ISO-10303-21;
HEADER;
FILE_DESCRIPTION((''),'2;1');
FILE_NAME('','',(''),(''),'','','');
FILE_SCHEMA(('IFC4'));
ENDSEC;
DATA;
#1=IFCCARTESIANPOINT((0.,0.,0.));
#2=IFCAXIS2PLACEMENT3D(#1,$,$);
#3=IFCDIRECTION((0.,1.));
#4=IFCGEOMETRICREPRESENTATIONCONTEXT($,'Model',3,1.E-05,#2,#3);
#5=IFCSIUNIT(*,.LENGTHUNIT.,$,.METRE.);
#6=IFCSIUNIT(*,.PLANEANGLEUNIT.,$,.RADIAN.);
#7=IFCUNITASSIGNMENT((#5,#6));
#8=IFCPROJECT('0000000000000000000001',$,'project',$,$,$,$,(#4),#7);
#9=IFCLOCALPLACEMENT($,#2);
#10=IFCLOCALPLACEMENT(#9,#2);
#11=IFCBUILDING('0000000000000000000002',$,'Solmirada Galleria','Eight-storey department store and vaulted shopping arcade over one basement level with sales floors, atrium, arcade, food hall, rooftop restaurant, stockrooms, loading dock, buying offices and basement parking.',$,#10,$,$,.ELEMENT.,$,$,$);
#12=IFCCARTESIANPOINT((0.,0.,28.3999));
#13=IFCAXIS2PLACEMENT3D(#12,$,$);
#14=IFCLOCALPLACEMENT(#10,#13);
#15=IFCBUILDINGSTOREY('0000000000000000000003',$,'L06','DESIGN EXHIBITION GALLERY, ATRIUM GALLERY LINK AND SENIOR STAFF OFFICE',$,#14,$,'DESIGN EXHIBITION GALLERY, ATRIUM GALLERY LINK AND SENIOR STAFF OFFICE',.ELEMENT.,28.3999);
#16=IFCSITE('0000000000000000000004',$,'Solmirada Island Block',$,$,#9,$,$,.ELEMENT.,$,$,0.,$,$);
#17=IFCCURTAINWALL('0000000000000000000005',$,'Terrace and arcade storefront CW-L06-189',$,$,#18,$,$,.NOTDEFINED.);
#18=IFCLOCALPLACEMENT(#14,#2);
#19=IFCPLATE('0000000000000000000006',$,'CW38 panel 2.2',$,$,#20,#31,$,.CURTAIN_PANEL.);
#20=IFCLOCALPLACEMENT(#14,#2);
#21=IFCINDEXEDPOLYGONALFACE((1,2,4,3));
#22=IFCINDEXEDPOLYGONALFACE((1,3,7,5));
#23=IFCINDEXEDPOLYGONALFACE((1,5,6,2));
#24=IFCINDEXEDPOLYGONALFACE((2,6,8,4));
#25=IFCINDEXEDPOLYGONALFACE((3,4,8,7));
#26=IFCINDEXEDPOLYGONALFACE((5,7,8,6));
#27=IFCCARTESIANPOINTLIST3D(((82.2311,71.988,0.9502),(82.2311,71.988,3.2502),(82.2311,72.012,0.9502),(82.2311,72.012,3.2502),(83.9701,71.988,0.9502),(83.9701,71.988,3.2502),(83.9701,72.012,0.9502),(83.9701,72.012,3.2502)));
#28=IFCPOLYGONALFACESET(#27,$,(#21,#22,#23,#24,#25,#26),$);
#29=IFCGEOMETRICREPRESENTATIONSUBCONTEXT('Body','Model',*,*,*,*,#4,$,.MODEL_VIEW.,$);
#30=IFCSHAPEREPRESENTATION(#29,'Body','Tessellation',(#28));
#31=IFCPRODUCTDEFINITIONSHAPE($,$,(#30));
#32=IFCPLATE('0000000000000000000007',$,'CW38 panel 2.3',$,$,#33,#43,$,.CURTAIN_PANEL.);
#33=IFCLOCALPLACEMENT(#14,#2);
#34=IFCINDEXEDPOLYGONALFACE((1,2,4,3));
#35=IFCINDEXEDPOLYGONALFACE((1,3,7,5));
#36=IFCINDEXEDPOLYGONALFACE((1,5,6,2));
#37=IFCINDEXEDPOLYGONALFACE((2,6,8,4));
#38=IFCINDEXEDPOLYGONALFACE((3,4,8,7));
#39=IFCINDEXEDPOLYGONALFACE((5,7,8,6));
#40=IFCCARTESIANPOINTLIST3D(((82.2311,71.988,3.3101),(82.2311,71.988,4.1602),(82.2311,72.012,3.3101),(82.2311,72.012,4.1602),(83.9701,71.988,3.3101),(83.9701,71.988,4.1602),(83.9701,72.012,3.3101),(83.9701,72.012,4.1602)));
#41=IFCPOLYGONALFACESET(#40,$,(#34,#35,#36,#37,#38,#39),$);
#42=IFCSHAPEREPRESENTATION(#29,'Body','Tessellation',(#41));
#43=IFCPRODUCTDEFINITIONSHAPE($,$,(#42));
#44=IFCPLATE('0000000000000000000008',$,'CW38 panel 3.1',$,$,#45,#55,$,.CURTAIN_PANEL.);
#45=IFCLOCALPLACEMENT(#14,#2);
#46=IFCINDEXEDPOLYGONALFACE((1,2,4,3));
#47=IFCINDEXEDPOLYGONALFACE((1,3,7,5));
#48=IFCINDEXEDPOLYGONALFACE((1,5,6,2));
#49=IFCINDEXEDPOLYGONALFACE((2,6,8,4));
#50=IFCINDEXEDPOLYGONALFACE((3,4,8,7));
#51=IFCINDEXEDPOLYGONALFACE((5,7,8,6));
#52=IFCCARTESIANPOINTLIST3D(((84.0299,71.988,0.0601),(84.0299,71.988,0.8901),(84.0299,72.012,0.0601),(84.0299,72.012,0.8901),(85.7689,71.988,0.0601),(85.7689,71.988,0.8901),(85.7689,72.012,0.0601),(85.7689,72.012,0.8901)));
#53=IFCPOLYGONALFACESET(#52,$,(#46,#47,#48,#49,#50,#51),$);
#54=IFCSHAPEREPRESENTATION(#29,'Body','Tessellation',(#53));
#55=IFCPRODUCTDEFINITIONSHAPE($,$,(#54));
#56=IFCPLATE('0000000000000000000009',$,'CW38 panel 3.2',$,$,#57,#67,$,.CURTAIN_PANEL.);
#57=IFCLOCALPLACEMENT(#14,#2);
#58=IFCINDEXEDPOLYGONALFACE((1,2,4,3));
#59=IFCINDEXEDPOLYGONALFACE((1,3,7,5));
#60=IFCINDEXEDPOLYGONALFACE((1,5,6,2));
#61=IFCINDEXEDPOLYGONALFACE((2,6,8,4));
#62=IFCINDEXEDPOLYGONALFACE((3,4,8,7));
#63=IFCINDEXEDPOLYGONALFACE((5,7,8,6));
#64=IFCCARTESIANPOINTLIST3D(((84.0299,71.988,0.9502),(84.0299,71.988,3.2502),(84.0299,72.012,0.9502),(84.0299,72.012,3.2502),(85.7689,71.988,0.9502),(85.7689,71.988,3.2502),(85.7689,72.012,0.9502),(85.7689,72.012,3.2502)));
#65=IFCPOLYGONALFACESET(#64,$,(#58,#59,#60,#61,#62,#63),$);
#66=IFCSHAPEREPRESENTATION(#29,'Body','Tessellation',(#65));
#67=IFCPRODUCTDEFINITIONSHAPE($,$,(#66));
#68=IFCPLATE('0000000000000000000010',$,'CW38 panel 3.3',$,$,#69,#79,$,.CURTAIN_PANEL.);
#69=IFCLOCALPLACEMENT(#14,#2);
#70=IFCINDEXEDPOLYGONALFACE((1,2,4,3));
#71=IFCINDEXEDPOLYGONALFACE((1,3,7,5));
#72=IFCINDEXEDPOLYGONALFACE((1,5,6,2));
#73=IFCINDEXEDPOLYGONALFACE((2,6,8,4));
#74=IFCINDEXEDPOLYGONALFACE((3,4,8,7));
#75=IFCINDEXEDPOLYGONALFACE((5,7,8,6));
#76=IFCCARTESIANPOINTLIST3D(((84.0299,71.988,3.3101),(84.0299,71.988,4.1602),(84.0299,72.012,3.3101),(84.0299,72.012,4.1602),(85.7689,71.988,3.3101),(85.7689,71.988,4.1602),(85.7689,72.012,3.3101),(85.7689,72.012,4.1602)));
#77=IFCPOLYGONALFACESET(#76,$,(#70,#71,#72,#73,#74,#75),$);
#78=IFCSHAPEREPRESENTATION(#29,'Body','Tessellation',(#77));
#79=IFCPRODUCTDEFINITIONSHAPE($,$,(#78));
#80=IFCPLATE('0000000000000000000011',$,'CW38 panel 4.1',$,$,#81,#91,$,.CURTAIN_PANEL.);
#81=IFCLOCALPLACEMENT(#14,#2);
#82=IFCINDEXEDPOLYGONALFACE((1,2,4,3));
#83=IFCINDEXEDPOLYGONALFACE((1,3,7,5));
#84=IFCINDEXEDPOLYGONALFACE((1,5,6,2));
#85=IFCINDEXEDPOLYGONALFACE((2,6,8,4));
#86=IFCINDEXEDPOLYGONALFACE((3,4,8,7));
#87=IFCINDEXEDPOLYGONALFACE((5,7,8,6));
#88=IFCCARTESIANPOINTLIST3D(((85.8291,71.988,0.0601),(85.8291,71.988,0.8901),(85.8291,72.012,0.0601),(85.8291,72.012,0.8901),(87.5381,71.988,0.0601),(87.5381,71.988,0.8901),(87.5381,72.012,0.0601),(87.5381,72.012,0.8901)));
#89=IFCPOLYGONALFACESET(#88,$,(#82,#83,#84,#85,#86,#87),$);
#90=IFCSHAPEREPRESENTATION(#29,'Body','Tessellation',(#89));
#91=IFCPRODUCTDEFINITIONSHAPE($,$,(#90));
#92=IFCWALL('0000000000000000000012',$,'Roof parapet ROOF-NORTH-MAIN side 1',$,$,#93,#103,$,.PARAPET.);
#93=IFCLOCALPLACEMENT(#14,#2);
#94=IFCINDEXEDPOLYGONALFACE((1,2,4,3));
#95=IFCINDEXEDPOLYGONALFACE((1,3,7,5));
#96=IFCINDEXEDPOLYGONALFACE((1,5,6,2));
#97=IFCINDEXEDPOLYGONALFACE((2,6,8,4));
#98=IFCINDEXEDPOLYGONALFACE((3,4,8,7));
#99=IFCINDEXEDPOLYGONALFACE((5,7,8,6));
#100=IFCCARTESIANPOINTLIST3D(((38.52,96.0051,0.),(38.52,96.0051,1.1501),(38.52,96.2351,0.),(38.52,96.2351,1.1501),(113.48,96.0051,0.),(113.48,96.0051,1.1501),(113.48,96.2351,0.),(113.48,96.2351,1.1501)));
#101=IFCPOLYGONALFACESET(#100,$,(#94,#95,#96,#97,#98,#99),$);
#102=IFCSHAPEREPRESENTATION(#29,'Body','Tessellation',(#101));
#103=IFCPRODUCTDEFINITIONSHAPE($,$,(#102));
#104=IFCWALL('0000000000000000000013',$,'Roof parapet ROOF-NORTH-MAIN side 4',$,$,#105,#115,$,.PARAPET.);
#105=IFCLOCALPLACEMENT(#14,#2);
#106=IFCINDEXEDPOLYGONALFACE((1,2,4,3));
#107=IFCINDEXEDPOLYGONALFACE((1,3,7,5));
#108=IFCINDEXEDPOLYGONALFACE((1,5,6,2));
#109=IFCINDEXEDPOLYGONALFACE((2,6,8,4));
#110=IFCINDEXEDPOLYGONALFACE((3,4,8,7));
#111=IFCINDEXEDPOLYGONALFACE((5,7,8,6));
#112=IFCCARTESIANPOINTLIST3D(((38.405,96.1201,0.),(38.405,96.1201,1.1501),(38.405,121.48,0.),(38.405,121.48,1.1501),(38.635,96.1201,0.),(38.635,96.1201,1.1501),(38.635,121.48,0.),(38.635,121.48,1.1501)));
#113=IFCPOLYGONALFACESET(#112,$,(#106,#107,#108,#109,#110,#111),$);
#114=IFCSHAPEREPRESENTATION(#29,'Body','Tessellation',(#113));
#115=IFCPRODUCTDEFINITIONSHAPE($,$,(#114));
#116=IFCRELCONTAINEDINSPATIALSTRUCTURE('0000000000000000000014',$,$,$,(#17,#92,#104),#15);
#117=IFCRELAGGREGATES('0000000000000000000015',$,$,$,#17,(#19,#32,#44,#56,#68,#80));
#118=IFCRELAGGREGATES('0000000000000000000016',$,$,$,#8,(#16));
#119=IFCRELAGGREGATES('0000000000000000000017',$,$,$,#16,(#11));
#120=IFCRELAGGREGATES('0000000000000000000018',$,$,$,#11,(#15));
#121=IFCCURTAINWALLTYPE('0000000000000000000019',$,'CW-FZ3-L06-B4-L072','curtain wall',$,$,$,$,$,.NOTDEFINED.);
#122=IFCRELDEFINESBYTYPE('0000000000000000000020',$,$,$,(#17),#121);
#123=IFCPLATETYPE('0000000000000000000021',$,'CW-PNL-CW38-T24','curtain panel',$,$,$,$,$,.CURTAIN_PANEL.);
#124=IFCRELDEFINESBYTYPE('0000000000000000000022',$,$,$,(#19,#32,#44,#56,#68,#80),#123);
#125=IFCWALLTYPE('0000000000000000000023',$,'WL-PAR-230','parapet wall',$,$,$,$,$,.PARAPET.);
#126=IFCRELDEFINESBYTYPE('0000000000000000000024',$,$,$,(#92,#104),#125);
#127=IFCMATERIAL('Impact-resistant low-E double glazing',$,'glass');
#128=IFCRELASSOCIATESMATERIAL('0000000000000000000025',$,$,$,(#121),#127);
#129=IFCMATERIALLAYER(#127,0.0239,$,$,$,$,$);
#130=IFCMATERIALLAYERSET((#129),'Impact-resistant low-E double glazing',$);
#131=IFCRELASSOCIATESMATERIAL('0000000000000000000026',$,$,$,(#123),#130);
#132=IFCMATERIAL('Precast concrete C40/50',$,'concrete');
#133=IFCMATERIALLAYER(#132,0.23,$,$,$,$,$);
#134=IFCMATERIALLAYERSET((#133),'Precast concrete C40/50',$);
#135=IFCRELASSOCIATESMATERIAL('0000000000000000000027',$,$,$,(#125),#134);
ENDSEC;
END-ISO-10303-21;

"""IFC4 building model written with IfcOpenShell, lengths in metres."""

from ifc_helpers import new_model, si_unit, direction, frame, frame_2d, origin, origin_2d, place, context, subcontext, project, spatial, rectangle, extrude, material, layer, layer_set, type_object, element, aggregate, save


model = new_model("IFC4")

# Units and contexts
model_context = context("Model", 3, precision=1e-05, world=origin(), true_north=direction((0.0, 1.0)))
body_context = subcontext(model_context, "Body", "Model", "MODEL_VIEW")
ifc_project = project(units=[si_unit("LENGTHUNIT", "METRE"), si_unit("PLANEANGLEUNIT", "RADIAN")], contexts=[model_context])

# Site, building, storey
site_placement = place(None, origin())
site = spatial("IfcSite", under=ifc_project, at=site_placement, Name="Solmirada Island Block", CompositionType="ELEMENT", RefElevation=0.0)
building_placement = place(site_placement, origin())
building = spatial("IfcBuilding", under=site, at=building_placement, Name="Solmirada Galleria", Description="Eight-storey department store and vaulted shopping arcade over one basement level with sales floors, atrium, arcade, food hall, rooftop restaurant, stockrooms, loading dock, buying offices and basement parking.", CompositionType="ELEMENT")
storey_placement = place(building_placement, frame((0.0, 0.0, 28.3999)))
storey = spatial("IfcBuildingStorey", under=building, at=storey_placement, Name="L06", Description="DESIGN EXHIBITION GALLERY, ATRIUM GALLERY LINK AND SENIOR STAFF OFFICE", LongName="DESIGN EXHIBITION GALLERY, ATRIUM GALLERY LINK AND SENIOR STAFF OFFICE", CompositionType="ELEMENT", Elevation=28.3999)

# Curtain wall, plates
ifc_material_1 = material(Name="Impact-resistant low-E double glazing", Category="glass")
curtain_wall_type = type_object("IfcCurtainWallType", Name="CW-FZ3-L06-B4-L072", Description="curtain wall", PredefinedType="NOTDEFINED", material=ifc_material_1)
curtain_wall_placement = place(storey_placement, origin())
curtain_wall = element("IfcCurtainWall", 1, at=curtain_wall_placement, inside=storey, type_object=curtain_wall_type, Name="Terrace and arcade storefront CW-L06-189", PredefinedType="NOTDEFINED")
ifc_layer_1 = layer(ifc_material_1, 0.0239)
ifc_layer_set_1 = layer_set([ifc_layer_1], Name="Impact-resistant low-E double glazing")
plate_type = type_object("IfcPlateType", Name="CW-PNL-CW38-T24", Description="curtain panel", PredefinedType="CURTAIN_PANEL", material=ifc_layer_set_1)
plate_1_placement = place(storey_placement, frame((83.1006, 72.0, 0.9502), z_axis=(0.0, 0.0, 1.0), x_axis=(1.0, 0.0, 0.0)))
plate_1 = element("IfcPlate", 2, at=plate_1_placement, type_object=plate_type, Name="CW38 panel 2.2", PredefinedType="CURTAIN_PANEL", context=body_context, shape_type="SweptSolid", body=[
    extrude(rectangle(XDim=1.739, YDim=0.0239, at=origin_2d()), origin(), (0.0, 0.0, 1.0), 2.3),
])
plate_2_placement = place(storey_placement, frame((83.1006, 72.0, 3.3101), z_axis=(0.0, 0.0, 1.0), x_axis=(1.0, 0.0, 0.0)))
plate_2 = element("IfcPlate", 3, at=plate_2_placement, type_object=plate_type, Name="CW38 panel 2.3", PredefinedType="CURTAIN_PANEL", context=body_context, shape_type="SweptSolid", body=[
    extrude(rectangle(XDim=1.739, YDim=0.0239, at=origin_2d()), origin(), (0.0, 0.0, 1.0), 0.8501),
])
plate_3_placement = place(storey_placement, frame((84.8994, 72.0, 0.0601), z_axis=(0.0, 0.0, 1.0), x_axis=(1.0, 0.0, 0.0)))
plate_3 = element("IfcPlate", 4, at=plate_3_placement, type_object=plate_type, Name="CW38 panel 3.1", PredefinedType="CURTAIN_PANEL", context=body_context, shape_type="SweptSolid", body=[
    extrude(rectangle(XDim=1.739, YDim=0.0239, at=origin_2d()), origin(), (0.0, 0.0, 1.0), 0.8301),
])
plate_4_placement = place(storey_placement, frame((84.8994, 72.0, 0.9502), z_axis=(0.0, 0.0, 1.0), x_axis=(1.0, 0.0, 0.0)))
plate_4 = element("IfcPlate", 5, at=plate_4_placement, type_object=plate_type, Name="CW38 panel 3.2", PredefinedType="CURTAIN_PANEL", context=body_context, shape_type="SweptSolid", body=[
    extrude(rectangle(XDim=1.739, YDim=0.0239, at=origin_2d()), origin(), (0.0, 0.0, 1.0), 2.3),
])
plate_5_placement = place(storey_placement, frame((84.8994, 72.0, 3.3101), z_axis=(0.0, 0.0, 1.0), x_axis=(1.0, 0.0, 0.0)))
plate_5 = element("IfcPlate", 6, at=plate_5_placement, type_object=plate_type, Name="CW38 panel 3.3", PredefinedType="CURTAIN_PANEL", context=body_context, shape_type="SweptSolid", body=[
    extrude(rectangle(XDim=1.739, YDim=0.0239, at=origin_2d()), origin(), (0.0, 0.0, 1.0), 0.8501),
])
plate_6_placement = place(storey_placement, frame((86.6836, 72.0, 0.0601), z_axis=(0.0, 0.0, 1.0), x_axis=(1.0, 0.0, 0.0)))
plate_6 = element("IfcPlate", 7, at=plate_6_placement, type_object=plate_type, Name="CW38 panel 4.1", PredefinedType="CURTAIN_PANEL", context=body_context, shape_type="SweptSolid", body=[
    extrude(rectangle(XDim=1.709, YDim=0.0239, at=origin_2d()), origin(), (0.0, 0.0, 1.0), 0.8301),
])
aggregate(curtain_wall, [plate_1, plate_2, plate_3, plate_4, plate_5, plate_6])

# Walls
ifc_material_2 = material(Name="Precast concrete C40/50", Category="concrete")
ifc_layer_2 = layer(ifc_material_2, 0.23)
ifc_layer_set_2 = layer_set([ifc_layer_2], Name="Precast concrete C40/50")
wall_type = type_object("IfcWallType", Name="WL-PAR-230", Description="parapet wall", PredefinedType="PARAPET", material=ifc_layer_set_2)
wall_1_placement = place(storey_placement, frame((38.52, 96.1201, 0.0), z_axis=(0.0, 0.0, 1.0), x_axis=(1.0, 0.0, 0.0)))
element("IfcWall", 8, at=wall_1_placement, inside=storey, type_object=wall_type, Name="Roof parapet ROOF-NORTH-MAIN side 1", PredefinedType="PARAPET", context=body_context, shape_type="SweptSolid", body=[
    extrude(rectangle(XDim=74.96, YDim=0.23, at=frame_2d((37.48, 0.0))), origin(), (0.0, 0.0, 1.0), 1.1501),
])
wall_2_placement = place(storey_placement, frame((38.52, 121.48, 0.0), z_axis=(0.0, 0.0, 1.0), x_axis=(0.0, -1.0, 0.0)))
element("IfcWall", 9, at=wall_2_placement, inside=storey, type_object=wall_type, Name="Roof parapet ROOF-NORTH-MAIN side 4", PredefinedType="PARAPET", context=body_context, shape_type="SweptSolid", body=[
    extrude(rectangle(XDim=25.3599, YDim=0.23, at=frame_2d((12.6799, 0.0))), origin(), (0.0, 0.0, 1.0), 1.1501),
])

save(model, "model.ifc")
